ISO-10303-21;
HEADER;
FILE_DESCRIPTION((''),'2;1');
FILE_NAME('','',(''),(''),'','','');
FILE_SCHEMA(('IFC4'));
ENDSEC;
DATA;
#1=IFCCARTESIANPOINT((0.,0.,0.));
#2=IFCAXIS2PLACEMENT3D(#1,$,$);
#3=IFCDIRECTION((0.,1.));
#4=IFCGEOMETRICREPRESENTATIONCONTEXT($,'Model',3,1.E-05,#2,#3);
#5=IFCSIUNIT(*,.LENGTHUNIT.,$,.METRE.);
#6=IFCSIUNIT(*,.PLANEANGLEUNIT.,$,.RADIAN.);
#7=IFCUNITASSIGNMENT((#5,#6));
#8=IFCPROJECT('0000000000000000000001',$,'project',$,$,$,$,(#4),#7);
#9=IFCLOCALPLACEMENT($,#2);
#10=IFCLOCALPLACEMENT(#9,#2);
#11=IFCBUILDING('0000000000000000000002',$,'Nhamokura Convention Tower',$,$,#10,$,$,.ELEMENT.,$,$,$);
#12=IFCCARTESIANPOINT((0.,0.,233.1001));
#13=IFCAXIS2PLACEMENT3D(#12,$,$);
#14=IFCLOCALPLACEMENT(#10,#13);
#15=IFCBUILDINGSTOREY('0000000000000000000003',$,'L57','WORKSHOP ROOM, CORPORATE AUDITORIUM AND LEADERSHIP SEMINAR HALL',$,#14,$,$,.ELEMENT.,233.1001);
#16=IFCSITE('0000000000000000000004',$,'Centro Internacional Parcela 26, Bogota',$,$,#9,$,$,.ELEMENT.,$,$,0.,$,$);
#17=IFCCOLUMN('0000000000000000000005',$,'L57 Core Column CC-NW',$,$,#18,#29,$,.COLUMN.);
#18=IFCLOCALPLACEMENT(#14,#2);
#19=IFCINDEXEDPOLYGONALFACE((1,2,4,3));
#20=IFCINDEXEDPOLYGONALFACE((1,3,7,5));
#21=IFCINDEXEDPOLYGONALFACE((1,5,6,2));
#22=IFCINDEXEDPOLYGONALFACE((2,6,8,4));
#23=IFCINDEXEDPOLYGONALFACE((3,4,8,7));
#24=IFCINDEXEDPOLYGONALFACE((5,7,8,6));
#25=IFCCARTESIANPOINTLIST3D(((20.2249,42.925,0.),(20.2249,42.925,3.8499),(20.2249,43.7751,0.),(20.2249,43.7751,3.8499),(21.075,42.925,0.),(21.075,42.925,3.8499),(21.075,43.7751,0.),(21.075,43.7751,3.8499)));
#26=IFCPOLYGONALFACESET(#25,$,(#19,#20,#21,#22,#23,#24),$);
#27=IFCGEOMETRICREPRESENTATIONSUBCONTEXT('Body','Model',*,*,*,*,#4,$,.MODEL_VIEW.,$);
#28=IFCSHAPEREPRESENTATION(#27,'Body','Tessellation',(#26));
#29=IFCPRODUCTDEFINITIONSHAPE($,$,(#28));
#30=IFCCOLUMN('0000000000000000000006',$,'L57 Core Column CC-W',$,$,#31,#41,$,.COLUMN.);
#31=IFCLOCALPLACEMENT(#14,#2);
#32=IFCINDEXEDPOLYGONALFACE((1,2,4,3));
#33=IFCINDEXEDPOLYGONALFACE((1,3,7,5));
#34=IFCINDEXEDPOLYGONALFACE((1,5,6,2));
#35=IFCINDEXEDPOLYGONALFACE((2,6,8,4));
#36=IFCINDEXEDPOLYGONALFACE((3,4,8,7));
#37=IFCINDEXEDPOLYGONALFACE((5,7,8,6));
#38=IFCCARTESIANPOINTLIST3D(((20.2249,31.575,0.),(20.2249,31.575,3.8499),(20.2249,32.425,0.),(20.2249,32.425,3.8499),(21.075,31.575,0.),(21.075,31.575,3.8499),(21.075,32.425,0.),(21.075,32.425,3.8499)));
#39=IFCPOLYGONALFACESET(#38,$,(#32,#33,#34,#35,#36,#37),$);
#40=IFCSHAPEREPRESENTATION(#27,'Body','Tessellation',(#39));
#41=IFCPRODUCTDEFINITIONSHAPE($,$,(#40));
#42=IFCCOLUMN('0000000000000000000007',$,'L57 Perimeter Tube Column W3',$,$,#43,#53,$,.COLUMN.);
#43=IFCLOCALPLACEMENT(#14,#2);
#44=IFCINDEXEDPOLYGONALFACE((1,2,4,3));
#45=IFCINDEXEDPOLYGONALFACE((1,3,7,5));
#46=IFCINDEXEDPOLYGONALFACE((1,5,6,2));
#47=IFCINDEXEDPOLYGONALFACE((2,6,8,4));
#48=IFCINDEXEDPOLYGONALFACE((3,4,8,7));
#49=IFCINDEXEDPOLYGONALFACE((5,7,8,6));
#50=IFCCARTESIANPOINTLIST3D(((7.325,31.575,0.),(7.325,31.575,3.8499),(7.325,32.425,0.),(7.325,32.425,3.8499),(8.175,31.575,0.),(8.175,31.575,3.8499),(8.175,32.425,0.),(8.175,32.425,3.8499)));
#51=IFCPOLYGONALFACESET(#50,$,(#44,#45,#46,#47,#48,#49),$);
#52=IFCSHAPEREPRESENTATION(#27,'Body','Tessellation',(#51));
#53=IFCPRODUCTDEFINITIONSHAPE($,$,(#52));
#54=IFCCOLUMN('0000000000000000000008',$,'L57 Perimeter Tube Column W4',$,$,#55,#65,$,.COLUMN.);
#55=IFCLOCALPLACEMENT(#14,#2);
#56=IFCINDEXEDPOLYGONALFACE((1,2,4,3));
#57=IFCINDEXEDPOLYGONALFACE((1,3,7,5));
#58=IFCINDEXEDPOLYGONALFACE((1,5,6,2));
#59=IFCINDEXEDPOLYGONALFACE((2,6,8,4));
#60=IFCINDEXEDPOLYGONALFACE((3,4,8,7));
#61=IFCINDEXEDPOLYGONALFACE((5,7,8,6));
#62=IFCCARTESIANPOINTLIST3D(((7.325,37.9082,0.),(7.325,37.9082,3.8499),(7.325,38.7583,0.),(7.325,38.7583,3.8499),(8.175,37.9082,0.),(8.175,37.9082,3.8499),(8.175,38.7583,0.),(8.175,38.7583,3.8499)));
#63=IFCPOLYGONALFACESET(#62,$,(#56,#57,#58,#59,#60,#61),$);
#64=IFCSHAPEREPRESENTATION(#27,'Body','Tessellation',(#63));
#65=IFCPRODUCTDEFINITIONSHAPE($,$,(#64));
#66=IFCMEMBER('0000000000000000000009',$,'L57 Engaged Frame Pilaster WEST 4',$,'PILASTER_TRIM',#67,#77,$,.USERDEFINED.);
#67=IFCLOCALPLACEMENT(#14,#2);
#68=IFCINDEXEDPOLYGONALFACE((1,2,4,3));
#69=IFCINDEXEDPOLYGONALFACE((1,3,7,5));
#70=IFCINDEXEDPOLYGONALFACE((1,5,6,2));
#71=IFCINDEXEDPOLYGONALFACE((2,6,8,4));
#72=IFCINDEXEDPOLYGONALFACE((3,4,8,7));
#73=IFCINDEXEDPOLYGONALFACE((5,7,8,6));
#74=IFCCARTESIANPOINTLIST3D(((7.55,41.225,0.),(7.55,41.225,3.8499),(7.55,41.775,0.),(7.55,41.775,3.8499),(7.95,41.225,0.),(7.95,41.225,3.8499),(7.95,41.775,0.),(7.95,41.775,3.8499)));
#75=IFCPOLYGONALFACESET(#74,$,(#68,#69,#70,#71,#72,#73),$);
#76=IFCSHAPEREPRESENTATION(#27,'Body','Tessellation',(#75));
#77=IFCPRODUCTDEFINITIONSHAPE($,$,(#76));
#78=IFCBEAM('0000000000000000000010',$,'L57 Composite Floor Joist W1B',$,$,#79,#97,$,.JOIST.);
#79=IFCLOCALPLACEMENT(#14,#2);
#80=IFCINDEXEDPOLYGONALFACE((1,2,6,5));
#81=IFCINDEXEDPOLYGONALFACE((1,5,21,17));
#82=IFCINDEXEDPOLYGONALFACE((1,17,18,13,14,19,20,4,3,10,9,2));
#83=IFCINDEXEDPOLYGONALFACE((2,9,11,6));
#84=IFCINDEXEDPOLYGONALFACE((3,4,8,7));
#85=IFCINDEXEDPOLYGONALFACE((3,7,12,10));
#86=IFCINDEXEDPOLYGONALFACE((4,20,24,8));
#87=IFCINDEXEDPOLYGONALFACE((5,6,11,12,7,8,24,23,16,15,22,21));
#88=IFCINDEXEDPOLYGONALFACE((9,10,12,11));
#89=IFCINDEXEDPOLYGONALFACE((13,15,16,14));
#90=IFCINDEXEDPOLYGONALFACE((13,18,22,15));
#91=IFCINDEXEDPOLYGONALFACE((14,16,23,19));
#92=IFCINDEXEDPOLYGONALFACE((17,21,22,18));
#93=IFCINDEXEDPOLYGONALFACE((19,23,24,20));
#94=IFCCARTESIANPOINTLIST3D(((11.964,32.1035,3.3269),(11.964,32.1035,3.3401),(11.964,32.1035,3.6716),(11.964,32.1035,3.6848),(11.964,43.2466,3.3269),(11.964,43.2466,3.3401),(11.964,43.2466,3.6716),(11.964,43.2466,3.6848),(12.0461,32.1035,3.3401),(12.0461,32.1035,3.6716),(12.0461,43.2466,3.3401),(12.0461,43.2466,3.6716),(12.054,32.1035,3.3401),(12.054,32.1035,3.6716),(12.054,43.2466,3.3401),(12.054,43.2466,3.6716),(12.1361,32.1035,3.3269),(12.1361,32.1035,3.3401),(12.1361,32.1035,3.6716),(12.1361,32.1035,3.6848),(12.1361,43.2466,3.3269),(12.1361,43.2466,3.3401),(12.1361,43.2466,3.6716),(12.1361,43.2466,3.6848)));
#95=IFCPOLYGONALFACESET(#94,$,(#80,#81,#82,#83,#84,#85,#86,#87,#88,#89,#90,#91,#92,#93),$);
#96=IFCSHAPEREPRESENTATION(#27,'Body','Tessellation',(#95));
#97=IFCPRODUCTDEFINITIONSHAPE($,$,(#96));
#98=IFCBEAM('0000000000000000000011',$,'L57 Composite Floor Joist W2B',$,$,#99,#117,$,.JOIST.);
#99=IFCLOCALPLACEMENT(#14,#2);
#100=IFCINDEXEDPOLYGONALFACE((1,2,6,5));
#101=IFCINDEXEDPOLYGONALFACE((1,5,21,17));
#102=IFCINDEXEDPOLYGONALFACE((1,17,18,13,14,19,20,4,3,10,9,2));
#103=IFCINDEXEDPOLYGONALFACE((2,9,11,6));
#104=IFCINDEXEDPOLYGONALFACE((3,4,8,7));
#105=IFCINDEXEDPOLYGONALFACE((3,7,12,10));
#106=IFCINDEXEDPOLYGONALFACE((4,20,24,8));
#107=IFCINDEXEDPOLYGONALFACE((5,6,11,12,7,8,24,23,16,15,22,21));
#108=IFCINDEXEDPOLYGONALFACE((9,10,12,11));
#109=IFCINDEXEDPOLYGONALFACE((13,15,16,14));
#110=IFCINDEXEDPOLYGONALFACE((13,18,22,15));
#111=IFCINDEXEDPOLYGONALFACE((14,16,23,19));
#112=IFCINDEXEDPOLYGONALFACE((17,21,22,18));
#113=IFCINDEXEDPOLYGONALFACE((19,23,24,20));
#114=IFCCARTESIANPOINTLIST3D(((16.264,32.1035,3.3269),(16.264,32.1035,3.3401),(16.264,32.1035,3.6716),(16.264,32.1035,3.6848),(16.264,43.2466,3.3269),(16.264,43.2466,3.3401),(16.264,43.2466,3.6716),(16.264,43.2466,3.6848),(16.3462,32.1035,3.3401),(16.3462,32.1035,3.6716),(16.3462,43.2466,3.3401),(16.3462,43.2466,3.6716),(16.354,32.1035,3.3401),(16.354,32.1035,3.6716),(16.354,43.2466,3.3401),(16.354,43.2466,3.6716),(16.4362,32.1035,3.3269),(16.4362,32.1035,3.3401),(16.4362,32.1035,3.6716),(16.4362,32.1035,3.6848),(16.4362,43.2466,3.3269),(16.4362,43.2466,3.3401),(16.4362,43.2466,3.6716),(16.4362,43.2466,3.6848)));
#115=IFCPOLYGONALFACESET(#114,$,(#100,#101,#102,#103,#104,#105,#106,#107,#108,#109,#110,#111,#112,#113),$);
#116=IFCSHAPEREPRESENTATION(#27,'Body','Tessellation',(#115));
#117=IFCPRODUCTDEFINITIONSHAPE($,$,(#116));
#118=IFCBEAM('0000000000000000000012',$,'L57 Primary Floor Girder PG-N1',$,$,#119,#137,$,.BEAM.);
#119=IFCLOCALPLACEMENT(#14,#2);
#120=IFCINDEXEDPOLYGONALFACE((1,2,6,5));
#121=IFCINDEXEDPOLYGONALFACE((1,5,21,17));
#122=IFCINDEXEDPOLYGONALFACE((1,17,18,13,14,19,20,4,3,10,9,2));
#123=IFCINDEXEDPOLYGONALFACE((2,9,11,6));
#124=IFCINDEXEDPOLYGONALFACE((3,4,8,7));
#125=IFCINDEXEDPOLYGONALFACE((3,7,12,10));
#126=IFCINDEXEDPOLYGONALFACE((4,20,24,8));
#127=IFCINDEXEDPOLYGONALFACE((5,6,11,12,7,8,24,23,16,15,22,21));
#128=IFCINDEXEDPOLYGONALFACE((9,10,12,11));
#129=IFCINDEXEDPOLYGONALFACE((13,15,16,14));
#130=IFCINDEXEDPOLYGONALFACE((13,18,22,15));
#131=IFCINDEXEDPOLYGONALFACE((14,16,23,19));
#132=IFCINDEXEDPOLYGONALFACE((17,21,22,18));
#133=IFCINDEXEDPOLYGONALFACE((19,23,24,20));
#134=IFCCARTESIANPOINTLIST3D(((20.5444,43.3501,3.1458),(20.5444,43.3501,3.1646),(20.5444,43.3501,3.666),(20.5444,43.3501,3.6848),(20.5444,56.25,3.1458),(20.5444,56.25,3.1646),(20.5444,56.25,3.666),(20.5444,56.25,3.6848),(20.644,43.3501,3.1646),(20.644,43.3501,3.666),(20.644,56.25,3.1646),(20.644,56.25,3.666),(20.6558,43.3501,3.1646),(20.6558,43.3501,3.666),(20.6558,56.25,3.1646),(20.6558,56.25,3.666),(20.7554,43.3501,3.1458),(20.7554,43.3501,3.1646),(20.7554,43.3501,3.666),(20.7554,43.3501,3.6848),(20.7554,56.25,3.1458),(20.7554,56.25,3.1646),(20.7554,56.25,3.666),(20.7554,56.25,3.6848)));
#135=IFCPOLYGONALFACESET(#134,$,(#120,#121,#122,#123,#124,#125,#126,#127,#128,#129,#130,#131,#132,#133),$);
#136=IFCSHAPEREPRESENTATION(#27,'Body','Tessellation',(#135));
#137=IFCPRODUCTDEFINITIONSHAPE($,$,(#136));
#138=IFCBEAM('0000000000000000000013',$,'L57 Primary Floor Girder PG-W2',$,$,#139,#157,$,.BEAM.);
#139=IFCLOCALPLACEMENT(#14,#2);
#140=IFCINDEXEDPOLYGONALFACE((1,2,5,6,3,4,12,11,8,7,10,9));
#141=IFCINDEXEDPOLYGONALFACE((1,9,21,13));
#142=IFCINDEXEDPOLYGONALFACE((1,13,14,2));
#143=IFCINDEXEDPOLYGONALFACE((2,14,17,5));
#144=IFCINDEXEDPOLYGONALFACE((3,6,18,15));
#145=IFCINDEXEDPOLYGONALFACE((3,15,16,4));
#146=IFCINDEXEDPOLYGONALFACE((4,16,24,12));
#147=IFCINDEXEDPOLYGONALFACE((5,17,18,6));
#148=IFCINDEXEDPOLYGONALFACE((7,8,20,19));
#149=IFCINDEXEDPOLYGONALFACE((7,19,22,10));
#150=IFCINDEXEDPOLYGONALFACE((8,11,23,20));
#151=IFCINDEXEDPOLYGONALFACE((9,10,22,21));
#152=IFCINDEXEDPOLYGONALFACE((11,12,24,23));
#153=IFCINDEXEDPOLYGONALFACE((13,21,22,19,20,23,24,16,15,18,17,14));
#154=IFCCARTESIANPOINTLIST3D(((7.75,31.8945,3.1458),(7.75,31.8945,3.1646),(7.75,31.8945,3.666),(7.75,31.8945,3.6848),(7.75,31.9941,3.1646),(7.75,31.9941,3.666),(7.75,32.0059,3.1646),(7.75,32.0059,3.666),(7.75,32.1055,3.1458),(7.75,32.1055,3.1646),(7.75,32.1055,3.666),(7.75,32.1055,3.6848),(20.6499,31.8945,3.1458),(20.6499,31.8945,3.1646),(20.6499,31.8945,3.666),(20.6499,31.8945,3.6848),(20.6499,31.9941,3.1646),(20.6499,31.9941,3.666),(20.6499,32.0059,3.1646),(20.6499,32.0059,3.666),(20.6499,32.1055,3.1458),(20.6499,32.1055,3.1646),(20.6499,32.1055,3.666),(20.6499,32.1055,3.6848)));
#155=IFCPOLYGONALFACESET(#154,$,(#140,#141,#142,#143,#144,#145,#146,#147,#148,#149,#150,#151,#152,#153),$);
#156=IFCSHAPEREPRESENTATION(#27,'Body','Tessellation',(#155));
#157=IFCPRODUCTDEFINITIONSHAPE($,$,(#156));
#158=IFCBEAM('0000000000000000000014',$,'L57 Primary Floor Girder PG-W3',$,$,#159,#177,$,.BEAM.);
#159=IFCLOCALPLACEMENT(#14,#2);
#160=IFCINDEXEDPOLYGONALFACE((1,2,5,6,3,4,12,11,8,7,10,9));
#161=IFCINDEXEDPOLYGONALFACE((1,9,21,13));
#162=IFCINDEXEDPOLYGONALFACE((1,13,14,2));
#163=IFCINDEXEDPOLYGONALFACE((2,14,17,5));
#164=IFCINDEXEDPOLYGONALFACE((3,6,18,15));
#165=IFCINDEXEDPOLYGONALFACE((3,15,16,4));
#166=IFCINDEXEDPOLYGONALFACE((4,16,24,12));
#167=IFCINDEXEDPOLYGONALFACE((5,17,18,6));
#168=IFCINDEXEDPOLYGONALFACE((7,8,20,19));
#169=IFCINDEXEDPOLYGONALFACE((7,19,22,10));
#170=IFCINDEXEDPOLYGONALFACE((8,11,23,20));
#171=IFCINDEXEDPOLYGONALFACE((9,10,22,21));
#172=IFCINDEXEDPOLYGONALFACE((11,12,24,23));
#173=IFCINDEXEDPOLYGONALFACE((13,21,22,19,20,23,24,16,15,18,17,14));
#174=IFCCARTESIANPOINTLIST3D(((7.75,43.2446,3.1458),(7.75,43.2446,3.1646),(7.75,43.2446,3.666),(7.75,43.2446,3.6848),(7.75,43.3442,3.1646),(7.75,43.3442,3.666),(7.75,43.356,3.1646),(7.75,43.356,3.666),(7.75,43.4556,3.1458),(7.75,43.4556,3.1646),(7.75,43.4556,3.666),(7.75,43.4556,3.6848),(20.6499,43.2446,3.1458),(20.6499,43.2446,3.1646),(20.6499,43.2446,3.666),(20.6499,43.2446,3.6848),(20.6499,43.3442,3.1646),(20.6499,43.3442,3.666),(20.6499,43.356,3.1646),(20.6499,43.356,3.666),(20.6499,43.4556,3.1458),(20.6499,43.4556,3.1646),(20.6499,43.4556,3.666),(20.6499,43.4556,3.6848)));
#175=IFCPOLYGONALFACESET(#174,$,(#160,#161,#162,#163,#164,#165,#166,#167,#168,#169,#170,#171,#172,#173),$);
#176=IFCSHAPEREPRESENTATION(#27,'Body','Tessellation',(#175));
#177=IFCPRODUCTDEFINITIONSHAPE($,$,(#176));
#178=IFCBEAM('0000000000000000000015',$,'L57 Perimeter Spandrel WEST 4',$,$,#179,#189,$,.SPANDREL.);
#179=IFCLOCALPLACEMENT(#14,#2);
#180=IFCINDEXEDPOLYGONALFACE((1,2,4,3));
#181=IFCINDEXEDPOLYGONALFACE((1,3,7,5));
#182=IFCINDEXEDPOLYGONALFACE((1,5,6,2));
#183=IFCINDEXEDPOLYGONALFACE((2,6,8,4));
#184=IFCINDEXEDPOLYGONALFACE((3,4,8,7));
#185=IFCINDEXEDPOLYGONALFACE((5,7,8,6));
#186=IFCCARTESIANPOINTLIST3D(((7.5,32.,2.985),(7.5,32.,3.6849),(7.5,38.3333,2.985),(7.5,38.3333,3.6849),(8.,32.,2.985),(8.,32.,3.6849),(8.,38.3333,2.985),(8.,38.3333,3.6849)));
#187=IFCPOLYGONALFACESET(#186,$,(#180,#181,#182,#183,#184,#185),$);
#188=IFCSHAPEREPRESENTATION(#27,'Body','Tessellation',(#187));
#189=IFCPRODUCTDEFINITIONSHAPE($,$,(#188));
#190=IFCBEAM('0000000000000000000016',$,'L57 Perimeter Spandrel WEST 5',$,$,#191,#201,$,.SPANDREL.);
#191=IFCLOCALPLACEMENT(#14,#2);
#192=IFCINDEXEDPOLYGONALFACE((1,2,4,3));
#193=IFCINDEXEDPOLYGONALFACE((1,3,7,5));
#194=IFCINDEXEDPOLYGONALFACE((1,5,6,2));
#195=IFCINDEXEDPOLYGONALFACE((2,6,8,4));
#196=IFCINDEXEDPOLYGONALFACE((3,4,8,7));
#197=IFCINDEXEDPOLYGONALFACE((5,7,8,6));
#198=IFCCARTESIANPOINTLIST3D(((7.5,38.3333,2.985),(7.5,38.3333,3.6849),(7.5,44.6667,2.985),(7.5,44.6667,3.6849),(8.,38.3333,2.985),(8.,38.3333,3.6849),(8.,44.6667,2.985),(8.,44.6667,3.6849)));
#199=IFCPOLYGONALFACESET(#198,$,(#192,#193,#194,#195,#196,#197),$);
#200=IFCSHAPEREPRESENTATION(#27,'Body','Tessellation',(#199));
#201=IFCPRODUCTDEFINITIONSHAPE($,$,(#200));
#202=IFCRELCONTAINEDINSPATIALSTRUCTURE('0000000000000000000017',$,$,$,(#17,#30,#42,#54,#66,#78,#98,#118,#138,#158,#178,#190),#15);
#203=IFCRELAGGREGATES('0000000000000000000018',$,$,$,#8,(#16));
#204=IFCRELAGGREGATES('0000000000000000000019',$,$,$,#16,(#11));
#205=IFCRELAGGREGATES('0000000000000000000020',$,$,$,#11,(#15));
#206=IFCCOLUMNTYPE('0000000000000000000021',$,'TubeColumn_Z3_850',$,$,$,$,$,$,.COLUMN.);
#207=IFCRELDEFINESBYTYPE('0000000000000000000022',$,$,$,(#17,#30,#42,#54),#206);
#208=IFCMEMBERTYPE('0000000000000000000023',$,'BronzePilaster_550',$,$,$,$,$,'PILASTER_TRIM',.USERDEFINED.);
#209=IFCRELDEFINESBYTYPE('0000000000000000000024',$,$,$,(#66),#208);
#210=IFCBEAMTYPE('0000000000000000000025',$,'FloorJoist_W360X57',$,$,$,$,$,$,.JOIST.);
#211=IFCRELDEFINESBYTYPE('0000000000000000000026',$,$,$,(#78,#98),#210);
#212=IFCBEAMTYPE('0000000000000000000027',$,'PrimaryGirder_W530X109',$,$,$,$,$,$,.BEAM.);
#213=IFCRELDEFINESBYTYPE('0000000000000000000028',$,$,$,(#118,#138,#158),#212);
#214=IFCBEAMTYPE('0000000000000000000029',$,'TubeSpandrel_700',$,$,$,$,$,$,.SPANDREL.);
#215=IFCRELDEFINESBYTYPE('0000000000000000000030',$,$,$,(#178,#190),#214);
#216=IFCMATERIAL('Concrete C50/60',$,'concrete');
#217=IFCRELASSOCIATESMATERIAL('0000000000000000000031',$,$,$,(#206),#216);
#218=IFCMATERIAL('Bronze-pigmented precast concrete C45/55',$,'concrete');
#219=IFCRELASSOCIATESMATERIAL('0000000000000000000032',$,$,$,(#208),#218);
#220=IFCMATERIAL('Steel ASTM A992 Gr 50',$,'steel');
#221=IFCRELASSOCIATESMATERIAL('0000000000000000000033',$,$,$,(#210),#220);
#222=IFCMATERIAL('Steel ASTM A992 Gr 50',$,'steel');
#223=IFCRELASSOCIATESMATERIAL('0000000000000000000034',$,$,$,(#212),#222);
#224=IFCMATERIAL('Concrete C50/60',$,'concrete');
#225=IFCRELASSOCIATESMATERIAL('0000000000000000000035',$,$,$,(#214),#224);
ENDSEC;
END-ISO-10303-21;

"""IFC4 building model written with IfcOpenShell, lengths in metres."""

from ifc_helpers import new_model, si_unit, direction, frame, origin, origin_2d, place, context, subcontext, project, spatial, rectangle, i_section, extrude, material, material_profile, profile_set, type_object, element, save


model = new_model("IFC4")

# Units and contexts
model_context = context("Model", 3, precision=1e-05, world=origin(), true_north=direction((0.0, 1.0)))
body_context = subcontext(model_context, "Body", "Model", "MODEL_VIEW")
ifc_project = project(units=[si_unit("LENGTHUNIT", "METRE"), si_unit("PLANEANGLEUNIT", "RADIAN")], contexts=[model_context])

# Site, building, storey
site_placement = place(None, origin())
site = spatial("IfcSite", under=ifc_project, at=site_placement, Name="Centro Internacional Parcela 26, Bogota", CompositionType="ELEMENT", RefElevation=0.0)
building_placement = place(site_placement, origin())
building = spatial("IfcBuilding", under=site, at=building_placement, Name="Nhamokura Convention Tower", CompositionType="ELEMENT")
storey_placement = place(building_placement, frame((0.0, 0.0, 233.1001)))
storey = spatial("IfcBuildingStorey", under=building, at=storey_placement, Name="L57", Description="WORKSHOP ROOM, CORPORATE AUDITORIUM AND LEADERSHIP SEMINAR HALL", CompositionType="ELEMENT", Elevation=233.1001)

# Columns
ifc_material_1 = material(Name="Concrete C50/60", Category="concrete")
ifc_material_profile_1 = material_profile(ifc_material_1, rectangle(XDim=0.8501, YDim=0.8501, at=origin_2d()))
ifc_profile_set_1 = profile_set([ifc_material_profile_1], Name="Concrete C50/60")
column_type = type_object("IfcColumnType", Name="TubeColumn_Z3_850", PredefinedType="COLUMN", material=ifc_profile_set_1)
for number, where, z_axis, x_axis, name in (
    (1, (20.6499, 43.3501, 0.0), (0.0, 0.0, 1.0), (1.0, 0.0, 0.0), "L57 Core Column CC-NW"),
    (2, (20.6499, 32.0, 0.0), (0.0, 0.0, 1.0), (1.0, 0.0, 0.0), "L57 Core Column CC-W"),
    (3, (7.75, 32.0, 0.0), (0.0, 0.0, 1.0), (1.0, 0.0, 0.0), "L57 Perimeter Tube Column W3"),
    (4, (7.75, 38.3333, 0.0), (0.0, 0.0, 1.0), (1.0, 0.0, 0.0), "L57 Perimeter Tube Column W4"),
):
    element("IfcColumn", number, at=place(storey_placement, frame(where, z_axis=z_axis, x_axis=x_axis)), inside=storey, type_object=column_type, Name=name, PredefinedType="COLUMN", context=body_context, shape_type="SweptSolid", body=[
        extrude(rectangle(XDim=0.8501, YDim=0.8501, at=origin_2d()), origin(), (0.0, 0.0, 1.0), 3.8499),
    ])

# Member
ifc_material_2 = material(Name="Bronze-pigmented precast concrete C45/55", Category="concrete")
ifc_material_profile_2 = material_profile(ifc_material_2, rectangle(XDim=0.3999, YDim=0.55, at=origin_2d()))
ifc_profile_set_2 = profile_set([ifc_material_profile_2], Name="Bronze-pigmented precast concrete C45/55")
member_type = type_object("IfcMemberType", Name="BronzePilaster_550", ElementType="PILASTER_TRIM", PredefinedType="USERDEFINED", material=ifc_profile_set_2)
member_placement = place(storey_placement, frame((7.75, 41.5, 0.0), z_axis=(0.0, 0.0, 1.0), x_axis=(1.0, 0.0, 0.0)))
element("IfcMember", 5, at=member_placement, inside=storey, type_object=member_type, Name="L57 Engaged Frame Pilaster WEST 4", ObjectType="PILASTER_TRIM", PredefinedType="USERDEFINED", context=body_context, shape_type="SweptSolid", body=[
    extrude(rectangle(XDim=0.3999, YDim=0.55, at=origin_2d()), origin(), (0.0, 0.0, 1.0), 3.8499),
])

# Beams
ifc_material_3 = material(Name="Steel ASTM A992 Gr 50", Category="steel")
ifc_material_profile_3 = material_profile(ifc_material_3, i_section(OverallWidth=0.1721, OverallDepth=0.3579, WebThickness=0.0078, FlangeThickness=0.0132, at=origin_2d()))
ifc_profile_set_3 = profile_set([ifc_material_profile_3], Name="Steel ASTM A992 Gr 50")
beam_type_1 = type_object("IfcBeamType", Name="FloorJoist_W360X57", PredefinedType="JOIST", material=ifc_profile_set_3)
for number, where, z_axis, x_axis, name in (
    (6, (12.05, 32.1035, 3.5059), (0.0, 1.0, 0.0), (-1.0, 0.0, 0.0), "L57 Composite Floor Joist W1B"),
    (7, (16.3501, 32.1035, 3.5059), (0.0, 1.0, 0.0), (-1.0, 0.0, 0.0), "L57 Composite Floor Joist W2B"),
):
    element("IfcBeam", number, at=place(storey_placement, frame(where, z_axis=z_axis, x_axis=x_axis)), inside=storey, type_object=beam_type_1, Name=name, PredefinedType="JOIST", context=body_context, shape_type="SweptSolid", body=[
        extrude(i_section(OverallWidth=0.1721, OverallDepth=0.3579, WebThickness=0.0078, FlangeThickness=0.0132, at=origin_2d()), origin(), (0.0, 0.0, 1.0), 11.1431),
    ])
ifc_material_4 = material(Name="Steel ASTM A992 Gr 50", Category="steel")
ifc_material_profile_4 = material_profile(ifc_material_4, i_section(OverallWidth=0.2109, OverallDepth=0.5391, WebThickness=0.0117, FlangeThickness=0.0188, at=origin_2d()))
ifc_profile_set_4 = profile_set([ifc_material_profile_4], Name="Steel ASTM A992 Gr 50")
beam_type_2 = type_object("IfcBeamType", Name="PrimaryGirder_W530X109", PredefinedType="BEAM", material=ifc_profile_set_4)
for number, where, z_axis, x_axis, name in (
    (8, (20.6499, 43.3501, 3.4153), (0.0, 1.0, 0.0), (-1.0, 0.0, 0.0), "L57 Primary Floor Girder PG-N1"),
    (9, (7.75, 32.0, 3.4153), (1.0, 0.0, 0.0), (0.0, 1.0, 0.0), "L57 Primary Floor Girder PG-W2"),
    (10, (7.75, 43.3501, 3.4153), (1.0, 0.0, 0.0), (0.0, 1.0, 0.0), "L57 Primary Floor Girder PG-W3"),
):
    element("IfcBeam", number, at=place(storey_placement, frame(where, z_axis=z_axis, x_axis=x_axis)), inside=storey, type_object=beam_type_2, Name=name, PredefinedType="BEAM", context=body_context, shape_type="SweptSolid", body=[
        extrude(i_section(OverallWidth=0.2109, OverallDepth=0.5391, WebThickness=0.0117, FlangeThickness=0.0188, at=origin_2d()), origin(), (0.0, 0.0, 1.0), 12.8999),
    ])
ifc_material_5 = material(Name="Concrete C50/60", Category="concrete")
ifc_material_profile_5 = material_profile(ifc_material_5, rectangle(XDim=0.5, YDim=0.7, at=origin_2d()))
ifc_profile_set_5 = profile_set([ifc_material_profile_5], Name="Concrete C50/60")
beam_type_3 = type_object("IfcBeamType", Name="TubeSpandrel_700", PredefinedType="SPANDREL", material=ifc_profile_set_5)
beam_1_placement = place(storey_placement, frame((7.75, 32.0, 3.335), z_axis=(0.0, 1.0, 0.0), x_axis=(-1.0, 0.0, 0.0)))
element("IfcBeam", 11, at=beam_1_placement, inside=storey, type_object=beam_type_3, Name="L57 Perimeter Spandrel WEST 4", PredefinedType="SPANDREL", context=body_context, shape_type="SweptSolid", body=[
    extrude(rectangle(XDim=0.5, YDim=0.7, at=origin_2d()), origin(), (0.0, 0.0, 1.0), 6.3333),
])
beam_2_placement = place(storey_placement, frame((7.75, 38.3333, 3.335), z_axis=(0.0, 1.0, 0.0), x_axis=(-1.0, 0.0, 0.0)))
element("IfcBeam", 12, at=beam_2_placement, inside=storey, type_object=beam_type_3, Name="L57 Perimeter Spandrel WEST 5", PredefinedType="SPANDREL", context=body_context, shape_type="SweptSolid", body=[
    extrude(rectangle(XDim=0.5, YDim=0.7, at=origin_2d()), origin(), (0.0, 0.0, 1.0), 6.3335),
])

save(model, "model.ifc")
